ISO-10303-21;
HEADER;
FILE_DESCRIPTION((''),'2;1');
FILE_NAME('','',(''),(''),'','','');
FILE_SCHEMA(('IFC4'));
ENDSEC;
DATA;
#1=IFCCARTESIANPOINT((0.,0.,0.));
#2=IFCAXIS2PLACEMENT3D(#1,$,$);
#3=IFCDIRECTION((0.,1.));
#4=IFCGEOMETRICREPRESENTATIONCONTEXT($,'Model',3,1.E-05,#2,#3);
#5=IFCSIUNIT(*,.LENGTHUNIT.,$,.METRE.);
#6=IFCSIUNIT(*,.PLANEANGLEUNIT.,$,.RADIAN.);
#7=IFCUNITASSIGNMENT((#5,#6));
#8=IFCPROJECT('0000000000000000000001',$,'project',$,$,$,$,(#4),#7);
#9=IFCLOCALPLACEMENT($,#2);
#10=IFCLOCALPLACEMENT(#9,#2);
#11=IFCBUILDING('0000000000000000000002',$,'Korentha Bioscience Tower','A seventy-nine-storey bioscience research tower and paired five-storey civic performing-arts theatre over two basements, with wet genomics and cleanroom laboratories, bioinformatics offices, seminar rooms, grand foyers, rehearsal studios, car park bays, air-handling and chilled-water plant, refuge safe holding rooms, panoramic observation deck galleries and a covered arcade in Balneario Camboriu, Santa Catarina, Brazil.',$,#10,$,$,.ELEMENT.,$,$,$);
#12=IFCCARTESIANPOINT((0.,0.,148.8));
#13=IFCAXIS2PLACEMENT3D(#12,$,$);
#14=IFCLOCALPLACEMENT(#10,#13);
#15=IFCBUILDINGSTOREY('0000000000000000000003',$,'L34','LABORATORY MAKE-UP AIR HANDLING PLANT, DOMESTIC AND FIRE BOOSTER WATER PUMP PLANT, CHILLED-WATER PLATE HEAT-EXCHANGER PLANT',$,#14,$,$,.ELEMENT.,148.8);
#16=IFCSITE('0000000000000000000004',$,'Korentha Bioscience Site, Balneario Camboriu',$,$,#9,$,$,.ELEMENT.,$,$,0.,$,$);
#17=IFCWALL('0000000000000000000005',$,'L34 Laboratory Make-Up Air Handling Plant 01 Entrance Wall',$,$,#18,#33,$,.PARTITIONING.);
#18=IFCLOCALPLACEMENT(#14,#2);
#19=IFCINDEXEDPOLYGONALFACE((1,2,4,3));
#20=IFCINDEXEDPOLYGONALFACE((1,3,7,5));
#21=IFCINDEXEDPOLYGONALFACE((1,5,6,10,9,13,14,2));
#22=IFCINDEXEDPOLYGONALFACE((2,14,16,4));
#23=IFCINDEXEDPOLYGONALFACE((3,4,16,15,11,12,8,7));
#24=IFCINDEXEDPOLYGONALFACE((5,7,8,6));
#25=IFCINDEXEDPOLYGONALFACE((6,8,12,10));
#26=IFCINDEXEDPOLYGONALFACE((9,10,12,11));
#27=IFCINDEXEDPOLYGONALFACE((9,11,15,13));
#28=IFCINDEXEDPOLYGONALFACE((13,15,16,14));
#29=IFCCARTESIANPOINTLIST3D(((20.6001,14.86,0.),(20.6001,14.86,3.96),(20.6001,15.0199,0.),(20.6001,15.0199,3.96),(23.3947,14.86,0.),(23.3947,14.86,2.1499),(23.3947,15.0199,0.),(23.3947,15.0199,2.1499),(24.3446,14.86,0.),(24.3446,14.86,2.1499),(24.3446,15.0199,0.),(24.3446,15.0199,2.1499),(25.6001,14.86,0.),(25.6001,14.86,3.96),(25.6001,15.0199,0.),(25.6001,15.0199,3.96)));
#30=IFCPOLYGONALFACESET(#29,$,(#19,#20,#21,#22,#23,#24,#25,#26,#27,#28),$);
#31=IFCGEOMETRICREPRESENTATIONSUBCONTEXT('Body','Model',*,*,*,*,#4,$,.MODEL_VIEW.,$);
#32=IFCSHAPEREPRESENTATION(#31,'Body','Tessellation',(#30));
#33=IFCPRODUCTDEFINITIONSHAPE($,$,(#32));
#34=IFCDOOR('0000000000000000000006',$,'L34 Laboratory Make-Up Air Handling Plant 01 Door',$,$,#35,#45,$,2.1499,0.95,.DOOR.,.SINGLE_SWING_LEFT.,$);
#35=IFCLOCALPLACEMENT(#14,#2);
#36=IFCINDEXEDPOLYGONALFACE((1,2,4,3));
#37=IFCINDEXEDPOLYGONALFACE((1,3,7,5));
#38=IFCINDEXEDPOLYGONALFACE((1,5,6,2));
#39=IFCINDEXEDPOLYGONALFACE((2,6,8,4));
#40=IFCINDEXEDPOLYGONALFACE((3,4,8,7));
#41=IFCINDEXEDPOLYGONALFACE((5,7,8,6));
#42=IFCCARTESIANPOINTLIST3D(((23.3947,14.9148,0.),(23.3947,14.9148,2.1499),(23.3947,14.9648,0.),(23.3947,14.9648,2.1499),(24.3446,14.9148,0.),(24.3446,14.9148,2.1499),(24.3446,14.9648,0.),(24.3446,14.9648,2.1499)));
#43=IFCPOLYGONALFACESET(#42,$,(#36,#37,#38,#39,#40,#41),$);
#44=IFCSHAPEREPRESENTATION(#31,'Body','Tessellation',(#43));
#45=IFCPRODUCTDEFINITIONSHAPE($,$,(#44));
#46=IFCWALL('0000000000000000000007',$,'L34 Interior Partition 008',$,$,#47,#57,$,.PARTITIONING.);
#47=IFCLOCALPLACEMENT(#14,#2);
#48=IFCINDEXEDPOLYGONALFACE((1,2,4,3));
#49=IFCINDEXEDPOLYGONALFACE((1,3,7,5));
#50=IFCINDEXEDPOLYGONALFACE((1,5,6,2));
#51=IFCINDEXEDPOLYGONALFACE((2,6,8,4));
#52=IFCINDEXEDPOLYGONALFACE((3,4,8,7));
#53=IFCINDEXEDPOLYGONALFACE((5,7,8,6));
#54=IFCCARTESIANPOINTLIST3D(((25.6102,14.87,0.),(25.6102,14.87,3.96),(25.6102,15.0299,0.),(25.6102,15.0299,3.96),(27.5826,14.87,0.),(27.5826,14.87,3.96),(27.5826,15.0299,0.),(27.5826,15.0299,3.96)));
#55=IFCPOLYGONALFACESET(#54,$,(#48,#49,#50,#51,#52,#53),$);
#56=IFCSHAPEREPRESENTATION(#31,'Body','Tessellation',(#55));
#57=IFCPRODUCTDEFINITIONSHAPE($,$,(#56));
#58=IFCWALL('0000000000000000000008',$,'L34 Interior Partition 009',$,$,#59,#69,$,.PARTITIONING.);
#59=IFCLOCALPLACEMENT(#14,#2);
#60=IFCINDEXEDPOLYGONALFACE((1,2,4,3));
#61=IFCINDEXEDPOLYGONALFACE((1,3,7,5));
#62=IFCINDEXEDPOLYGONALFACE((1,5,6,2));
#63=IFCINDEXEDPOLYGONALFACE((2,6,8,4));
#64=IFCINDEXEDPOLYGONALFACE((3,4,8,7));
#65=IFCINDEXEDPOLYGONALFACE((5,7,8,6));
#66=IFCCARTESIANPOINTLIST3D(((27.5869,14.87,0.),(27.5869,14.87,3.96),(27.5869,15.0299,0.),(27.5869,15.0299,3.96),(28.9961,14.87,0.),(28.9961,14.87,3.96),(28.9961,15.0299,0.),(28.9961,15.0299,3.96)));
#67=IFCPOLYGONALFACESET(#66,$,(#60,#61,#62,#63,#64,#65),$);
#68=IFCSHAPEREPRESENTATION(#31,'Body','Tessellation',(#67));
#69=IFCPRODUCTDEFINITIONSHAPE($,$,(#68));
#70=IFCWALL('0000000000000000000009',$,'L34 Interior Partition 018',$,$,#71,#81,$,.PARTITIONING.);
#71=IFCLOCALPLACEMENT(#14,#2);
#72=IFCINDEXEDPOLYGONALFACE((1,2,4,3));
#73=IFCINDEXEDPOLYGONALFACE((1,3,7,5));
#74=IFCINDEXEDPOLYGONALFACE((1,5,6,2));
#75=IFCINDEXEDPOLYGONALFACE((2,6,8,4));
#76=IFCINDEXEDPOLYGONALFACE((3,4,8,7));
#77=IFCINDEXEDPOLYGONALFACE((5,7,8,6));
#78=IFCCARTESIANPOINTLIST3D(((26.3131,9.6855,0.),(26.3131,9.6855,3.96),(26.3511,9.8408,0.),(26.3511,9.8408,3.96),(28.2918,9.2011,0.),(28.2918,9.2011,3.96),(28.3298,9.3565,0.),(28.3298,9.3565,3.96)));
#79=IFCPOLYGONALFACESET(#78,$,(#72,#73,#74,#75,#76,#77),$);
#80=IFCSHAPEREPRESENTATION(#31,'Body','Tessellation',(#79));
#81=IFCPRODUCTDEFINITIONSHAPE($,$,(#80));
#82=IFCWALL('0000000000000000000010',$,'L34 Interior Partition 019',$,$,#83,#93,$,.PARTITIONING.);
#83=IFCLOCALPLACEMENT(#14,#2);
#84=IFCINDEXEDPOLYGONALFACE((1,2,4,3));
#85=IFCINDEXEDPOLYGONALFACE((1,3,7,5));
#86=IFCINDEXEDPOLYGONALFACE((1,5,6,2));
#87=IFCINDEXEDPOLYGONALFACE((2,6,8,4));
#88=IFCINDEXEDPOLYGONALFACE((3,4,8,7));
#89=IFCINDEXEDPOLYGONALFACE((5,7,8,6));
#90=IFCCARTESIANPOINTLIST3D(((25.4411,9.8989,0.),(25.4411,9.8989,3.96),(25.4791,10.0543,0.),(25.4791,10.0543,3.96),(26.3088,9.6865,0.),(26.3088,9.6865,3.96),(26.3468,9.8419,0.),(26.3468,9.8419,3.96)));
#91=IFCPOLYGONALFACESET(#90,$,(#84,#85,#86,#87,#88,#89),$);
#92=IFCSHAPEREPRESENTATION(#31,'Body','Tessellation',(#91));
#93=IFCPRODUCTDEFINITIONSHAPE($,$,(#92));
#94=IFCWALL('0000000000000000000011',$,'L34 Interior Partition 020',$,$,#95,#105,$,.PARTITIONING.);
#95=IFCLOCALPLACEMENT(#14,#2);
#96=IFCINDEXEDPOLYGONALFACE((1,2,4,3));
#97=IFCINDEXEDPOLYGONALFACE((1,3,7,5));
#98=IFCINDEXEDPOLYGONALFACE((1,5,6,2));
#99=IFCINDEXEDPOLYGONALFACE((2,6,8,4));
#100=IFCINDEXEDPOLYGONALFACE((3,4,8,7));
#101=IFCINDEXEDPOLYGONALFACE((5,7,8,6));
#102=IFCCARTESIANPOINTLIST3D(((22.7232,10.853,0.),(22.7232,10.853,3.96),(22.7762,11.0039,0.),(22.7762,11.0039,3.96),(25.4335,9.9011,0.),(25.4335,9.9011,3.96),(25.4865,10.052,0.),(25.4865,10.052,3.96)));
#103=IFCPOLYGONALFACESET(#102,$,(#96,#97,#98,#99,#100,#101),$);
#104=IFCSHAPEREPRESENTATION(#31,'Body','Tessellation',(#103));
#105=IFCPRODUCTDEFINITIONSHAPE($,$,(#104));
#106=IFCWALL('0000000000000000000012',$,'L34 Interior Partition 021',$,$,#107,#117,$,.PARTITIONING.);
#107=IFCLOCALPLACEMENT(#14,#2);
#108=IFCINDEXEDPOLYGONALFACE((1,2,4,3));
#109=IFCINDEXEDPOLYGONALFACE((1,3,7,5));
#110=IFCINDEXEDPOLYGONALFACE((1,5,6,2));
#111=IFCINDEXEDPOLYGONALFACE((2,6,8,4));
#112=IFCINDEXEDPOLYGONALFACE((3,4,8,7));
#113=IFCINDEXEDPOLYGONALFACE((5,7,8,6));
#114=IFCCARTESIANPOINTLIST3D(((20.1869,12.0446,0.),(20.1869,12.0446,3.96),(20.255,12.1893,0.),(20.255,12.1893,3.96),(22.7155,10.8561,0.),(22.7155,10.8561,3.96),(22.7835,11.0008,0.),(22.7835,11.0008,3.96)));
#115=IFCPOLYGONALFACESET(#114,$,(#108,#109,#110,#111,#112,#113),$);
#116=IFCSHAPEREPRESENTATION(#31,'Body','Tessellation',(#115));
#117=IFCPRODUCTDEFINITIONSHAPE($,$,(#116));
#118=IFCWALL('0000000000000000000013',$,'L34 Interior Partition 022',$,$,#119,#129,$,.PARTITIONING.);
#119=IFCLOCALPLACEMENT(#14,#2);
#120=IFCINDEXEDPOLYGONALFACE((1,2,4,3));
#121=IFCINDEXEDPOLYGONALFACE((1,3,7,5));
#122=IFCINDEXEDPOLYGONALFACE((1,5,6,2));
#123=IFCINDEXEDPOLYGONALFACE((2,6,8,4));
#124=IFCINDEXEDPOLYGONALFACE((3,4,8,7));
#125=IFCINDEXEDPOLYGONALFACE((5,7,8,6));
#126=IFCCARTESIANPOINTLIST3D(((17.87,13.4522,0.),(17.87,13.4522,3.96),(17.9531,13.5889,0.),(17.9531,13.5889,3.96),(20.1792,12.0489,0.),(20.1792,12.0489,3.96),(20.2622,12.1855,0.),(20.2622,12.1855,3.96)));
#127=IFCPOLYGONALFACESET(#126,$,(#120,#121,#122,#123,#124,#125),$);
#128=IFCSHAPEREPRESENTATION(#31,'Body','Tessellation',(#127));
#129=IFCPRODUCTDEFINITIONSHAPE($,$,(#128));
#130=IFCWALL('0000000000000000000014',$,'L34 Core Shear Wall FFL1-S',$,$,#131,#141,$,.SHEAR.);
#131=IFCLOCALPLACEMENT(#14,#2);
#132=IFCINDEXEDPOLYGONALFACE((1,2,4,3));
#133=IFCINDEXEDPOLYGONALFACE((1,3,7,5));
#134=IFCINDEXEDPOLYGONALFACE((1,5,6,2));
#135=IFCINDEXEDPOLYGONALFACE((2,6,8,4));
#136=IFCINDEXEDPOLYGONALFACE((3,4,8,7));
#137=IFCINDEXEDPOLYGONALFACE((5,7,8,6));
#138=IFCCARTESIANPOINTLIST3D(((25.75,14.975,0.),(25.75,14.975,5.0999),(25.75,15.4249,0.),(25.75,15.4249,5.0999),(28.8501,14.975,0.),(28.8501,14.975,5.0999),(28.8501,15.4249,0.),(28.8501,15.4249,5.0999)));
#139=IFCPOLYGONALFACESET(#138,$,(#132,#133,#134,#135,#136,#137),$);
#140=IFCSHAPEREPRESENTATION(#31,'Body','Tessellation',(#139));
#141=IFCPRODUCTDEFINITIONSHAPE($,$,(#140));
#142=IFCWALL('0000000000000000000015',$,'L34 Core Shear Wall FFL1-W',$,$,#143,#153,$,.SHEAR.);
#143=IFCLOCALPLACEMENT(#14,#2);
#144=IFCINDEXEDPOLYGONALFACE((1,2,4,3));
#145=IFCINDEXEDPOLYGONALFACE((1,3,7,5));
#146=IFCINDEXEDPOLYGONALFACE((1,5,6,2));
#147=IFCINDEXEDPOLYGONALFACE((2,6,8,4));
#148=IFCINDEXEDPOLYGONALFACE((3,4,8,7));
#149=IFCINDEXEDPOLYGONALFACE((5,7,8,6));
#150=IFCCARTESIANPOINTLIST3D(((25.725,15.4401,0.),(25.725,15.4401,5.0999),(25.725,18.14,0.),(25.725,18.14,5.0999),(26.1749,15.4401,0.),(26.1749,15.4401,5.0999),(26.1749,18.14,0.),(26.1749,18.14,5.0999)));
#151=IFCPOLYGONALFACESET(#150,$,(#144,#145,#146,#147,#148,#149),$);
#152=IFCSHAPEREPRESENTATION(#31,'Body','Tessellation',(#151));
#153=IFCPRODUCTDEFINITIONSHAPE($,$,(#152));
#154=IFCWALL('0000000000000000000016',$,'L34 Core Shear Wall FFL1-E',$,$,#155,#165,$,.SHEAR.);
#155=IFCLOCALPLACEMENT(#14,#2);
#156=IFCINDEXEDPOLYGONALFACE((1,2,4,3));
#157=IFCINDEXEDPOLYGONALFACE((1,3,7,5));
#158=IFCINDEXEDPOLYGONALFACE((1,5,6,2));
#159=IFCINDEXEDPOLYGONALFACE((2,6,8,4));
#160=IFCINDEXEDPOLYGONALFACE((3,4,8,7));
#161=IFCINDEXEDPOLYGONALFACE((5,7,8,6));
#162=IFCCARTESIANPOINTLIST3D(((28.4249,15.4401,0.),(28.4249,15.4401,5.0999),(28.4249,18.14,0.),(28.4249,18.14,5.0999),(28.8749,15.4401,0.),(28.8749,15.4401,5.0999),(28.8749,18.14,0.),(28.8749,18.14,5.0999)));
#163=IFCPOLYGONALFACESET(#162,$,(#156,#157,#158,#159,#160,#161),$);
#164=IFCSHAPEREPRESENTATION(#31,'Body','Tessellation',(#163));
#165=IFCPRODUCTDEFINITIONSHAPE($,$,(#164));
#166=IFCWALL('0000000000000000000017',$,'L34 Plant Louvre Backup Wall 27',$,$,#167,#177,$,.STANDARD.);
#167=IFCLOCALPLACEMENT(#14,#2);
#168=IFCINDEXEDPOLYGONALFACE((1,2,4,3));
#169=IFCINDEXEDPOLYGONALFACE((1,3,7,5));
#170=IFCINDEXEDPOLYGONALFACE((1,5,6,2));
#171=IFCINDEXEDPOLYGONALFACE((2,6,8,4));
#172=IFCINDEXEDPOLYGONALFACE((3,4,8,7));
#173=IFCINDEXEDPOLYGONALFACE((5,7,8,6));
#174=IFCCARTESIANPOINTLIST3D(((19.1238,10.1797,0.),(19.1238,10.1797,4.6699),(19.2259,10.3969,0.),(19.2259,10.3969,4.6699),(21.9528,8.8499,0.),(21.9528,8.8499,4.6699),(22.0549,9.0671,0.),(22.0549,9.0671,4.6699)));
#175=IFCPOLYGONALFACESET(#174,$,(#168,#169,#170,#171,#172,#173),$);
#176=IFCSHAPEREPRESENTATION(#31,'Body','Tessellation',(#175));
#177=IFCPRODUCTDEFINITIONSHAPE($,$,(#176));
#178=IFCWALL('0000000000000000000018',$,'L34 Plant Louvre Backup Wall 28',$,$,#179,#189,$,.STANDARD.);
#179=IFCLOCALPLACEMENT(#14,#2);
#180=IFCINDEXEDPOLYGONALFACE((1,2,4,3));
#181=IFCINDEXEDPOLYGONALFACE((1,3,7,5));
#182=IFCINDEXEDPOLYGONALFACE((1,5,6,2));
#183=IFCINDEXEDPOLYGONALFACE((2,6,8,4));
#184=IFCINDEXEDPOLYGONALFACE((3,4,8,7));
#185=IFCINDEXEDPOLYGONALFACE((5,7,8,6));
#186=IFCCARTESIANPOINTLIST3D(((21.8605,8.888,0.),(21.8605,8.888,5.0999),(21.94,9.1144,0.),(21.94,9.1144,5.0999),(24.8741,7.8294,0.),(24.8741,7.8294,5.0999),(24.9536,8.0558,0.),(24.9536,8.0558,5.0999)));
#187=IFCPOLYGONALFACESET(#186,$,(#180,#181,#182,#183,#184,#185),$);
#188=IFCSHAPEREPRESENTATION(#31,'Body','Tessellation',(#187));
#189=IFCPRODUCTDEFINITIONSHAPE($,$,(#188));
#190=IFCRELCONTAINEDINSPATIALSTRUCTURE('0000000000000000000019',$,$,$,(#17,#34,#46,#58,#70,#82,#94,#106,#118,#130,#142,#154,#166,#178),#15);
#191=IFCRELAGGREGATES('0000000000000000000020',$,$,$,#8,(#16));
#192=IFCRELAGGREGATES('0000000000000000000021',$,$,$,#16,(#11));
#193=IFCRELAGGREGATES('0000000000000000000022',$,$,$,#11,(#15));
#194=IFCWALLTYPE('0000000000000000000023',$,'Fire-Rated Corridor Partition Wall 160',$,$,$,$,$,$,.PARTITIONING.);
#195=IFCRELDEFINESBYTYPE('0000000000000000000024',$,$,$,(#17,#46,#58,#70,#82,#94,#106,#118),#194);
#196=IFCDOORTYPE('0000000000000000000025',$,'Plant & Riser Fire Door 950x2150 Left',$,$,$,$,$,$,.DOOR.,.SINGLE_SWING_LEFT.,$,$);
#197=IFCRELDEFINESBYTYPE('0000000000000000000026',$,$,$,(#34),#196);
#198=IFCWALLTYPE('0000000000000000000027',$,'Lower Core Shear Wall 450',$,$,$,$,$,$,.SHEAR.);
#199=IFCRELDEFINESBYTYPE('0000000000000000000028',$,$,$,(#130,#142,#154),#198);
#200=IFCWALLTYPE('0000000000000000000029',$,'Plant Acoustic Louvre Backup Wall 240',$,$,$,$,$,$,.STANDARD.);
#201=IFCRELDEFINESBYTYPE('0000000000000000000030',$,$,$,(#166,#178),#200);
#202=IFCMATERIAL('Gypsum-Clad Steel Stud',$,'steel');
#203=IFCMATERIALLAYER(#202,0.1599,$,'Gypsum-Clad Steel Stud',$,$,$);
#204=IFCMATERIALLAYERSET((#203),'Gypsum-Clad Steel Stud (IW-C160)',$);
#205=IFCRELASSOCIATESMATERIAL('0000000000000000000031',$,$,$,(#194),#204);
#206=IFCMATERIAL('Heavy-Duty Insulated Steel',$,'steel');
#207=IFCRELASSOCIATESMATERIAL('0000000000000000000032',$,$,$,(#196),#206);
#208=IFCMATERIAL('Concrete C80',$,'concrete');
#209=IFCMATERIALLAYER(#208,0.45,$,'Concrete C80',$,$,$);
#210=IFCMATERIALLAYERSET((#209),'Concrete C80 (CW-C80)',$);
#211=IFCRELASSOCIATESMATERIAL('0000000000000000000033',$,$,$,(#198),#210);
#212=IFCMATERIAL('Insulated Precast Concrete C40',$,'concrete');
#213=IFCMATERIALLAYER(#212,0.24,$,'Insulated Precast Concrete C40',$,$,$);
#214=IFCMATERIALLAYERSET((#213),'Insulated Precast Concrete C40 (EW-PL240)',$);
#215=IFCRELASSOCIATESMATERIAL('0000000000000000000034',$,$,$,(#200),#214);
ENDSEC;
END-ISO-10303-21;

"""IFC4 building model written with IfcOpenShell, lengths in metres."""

from ifc_helpers import new_model, si_unit, direction, frame, frame_2d, origin, place, context, subcontext, project, spatial, rectangle, extrude, material, layer, layer_set, type_object, element, fill, save


model = new_model("IFC4")

# Units and contexts
model_context = context("Model", 3, precision=1e-05, world=origin(), true_north=direction((0.0, 1.0)))
body_context = subcontext(model_context, "Body", "Model", "MODEL_VIEW")
ifc_project = project(units=[si_unit("LENGTHUNIT", "METRE"), si_unit("PLANEANGLEUNIT", "RADIAN")], contexts=[model_context])

# Site, building, storey
site_placement = place(None, origin())
site = spatial("IfcSite", under=ifc_project, at=site_placement, Name="Korentha Bioscience Site, Balneario Camboriu", CompositionType="ELEMENT", RefElevation=0.0)
building_placement = place(site_placement, origin())
building = spatial("IfcBuilding", under=site, at=building_placement, Name="Korentha Bioscience Tower", Description="A seventy-nine-storey bioscience research tower and paired five-storey civic performing-arts theatre over two basements, with wet genomics and cleanroom laboratories, bioinformatics offices, seminar rooms, grand foyers, rehearsal studios, car park bays, air-handling and chilled-water plant, refuge safe holding rooms, panoramic observation deck galleries and a covered arcade in Balneario Camboriu, Santa Catarina, Brazil.", CompositionType="ELEMENT")
storey_placement = place(building_placement, frame((0.0, 0.0, 148.8)))
storey = spatial("IfcBuildingStorey", under=building, at=storey_placement, Name="L34", Description="LABORATORY MAKE-UP AIR HANDLING PLANT, DOMESTIC AND FIRE BOOSTER WATER PUMP PLANT, CHILLED-WATER PLATE HEAT-EXCHANGER PLANT", CompositionType="ELEMENT", Elevation=148.8)

# Shared definitions
ifc_material_1 = material(Name="Concrete C80", Category="concrete")

# Wall, opening, door
ifc_material_2 = material(Name="Gypsum-Clad Steel Stud", Category="steel")
ifc_layer_1 = layer(ifc_material_2, 0.1599, Name="Gypsum-Clad Steel Stud")
ifc_layer_set_1 = layer_set([ifc_layer_1], Name="Gypsum-Clad Steel Stud (IW-C160)")
wall_type_1 = type_object("IfcWallType", Name="Fire-Rated Corridor Partition Wall 160", PredefinedType="PARTITIONING", material=ifc_layer_set_1)
wall_1_placement = place(storey_placement, frame((20.6001, 14.9399, 0.0), z_axis=(0.0, 0.0, 1.0), x_axis=(1.0, 0.0, 0.0)))
wall_1 = element("IfcWall", 1, at=wall_1_placement, inside=storey, type_object=wall_type_1, Name="L34 Laboratory Make-Up Air Handling Plant 01 Entrance Wall", PredefinedType="PARTITIONING", context=body_context, shape_type="SweptSolid", body=[
    extrude(rectangle(XDim=5.0, YDim=0.1599, at=frame_2d((2.5, 0.0))), origin(), (0.0, 0.0, 1.0), 3.96),
])
opening_placement = place(wall_1_placement, frame((2.7944, 0.0, 0.0)))
opening = element("IfcOpeningElement", 2, at=opening_placement, cuts=wall_1, PredefinedType="OPENING", context=body_context, shape_type="SweptSolid", body=[
    extrude(rectangle(XDim=0.95, YDim=2.1499, at=frame_2d((0.4751, 1.075))), frame((0.0, 0.0947, 0.0), z_axis=(0.0, -1.0, 0.0), x_axis=(1.0, 0.0, 0.0)), (0.0, 0.0, 1.0), 0.1897),
])
ifc_material_3 = material(Name="Heavy-Duty Insulated Steel", Category="steel")
door_type = type_object("IfcDoorType", Name="Plant & Riser Fire Door 950x2150 Left", OperationType="SINGLE_SWING_LEFT", PredefinedType="DOOR", material=ifc_material_3)
door_placement = place(opening_placement, origin())
door = element("IfcDoor", 3, at=door_placement, inside=storey, type_object=door_type, Name="L34 Laboratory Make-Up Air Handling Plant 01 Door", OperationType="SINGLE_SWING_LEFT", OverallHeight=2.1499, OverallWidth=0.95, PredefinedType="DOOR", context=body_context, shape_type="SweptSolid", body=[
    extrude(rectangle(XDim=0.95, YDim=2.1499, at=frame_2d((0.4751, 1.075))), frame((0.0, 0.0249, 0.0), z_axis=(0.0, -1.0, 0.0), x_axis=(1.0, 0.0, 0.0)), (0.0, 0.0, 1.0), 0.05),
])
fill(opening, door)

# Walls
wall_2_placement = place(storey_placement, frame((25.6101, 14.95, 0.0), z_axis=(0.0, 0.0, 1.0), x_axis=(1.0, 0.0, 0.0)))
element("IfcWall", 4, at=wall_2_placement, inside=storey, type_object=wall_type_1, Name="L34 Interior Partition 008", PredefinedType="PARTITIONING", context=body_context, shape_type="SweptSolid", body=[
    extrude(rectangle(XDim=1.9724, YDim=0.1599, at=frame_2d((0.9863, 0.0))), origin(), (0.0, 0.0, 1.0), 3.96),
])
wall_3_placement = place(storey_placement, frame((27.5869, 14.95, 0.0), z_axis=(0.0, 0.0, 1.0), x_axis=(1.0, 0.0, 0.0)))
element("IfcWall", 5, at=wall_3_placement, inside=storey, type_object=wall_type_1, Name="L34 Interior Partition 009", PredefinedType="PARTITIONING", context=body_context, shape_type="SweptSolid", body=[
    extrude(rectangle(XDim=1.4092, YDim=0.1599, at=frame_2d((0.7046, 0.0))), origin(), (0.0, 0.0, 1.0), 3.96),
])
wall_4_placement = place(storey_placement, frame((28.3108, 9.2788, 0.0), z_axis=(0.0, 0.0, 1.0), x_axis=(-0.971322, 0.237767, 0.0)))
element("IfcWall", 6, at=wall_4_placement, inside=storey, type_object=wall_type_1, Name="L34 Interior Partition 018", PredefinedType="PARTITIONING", context=body_context, shape_type="SweptSolid", body=[
    extrude(rectangle(XDim=2.0371, YDim=0.1599, at=frame_2d((1.0186, 0.0))), origin(), (0.0, 0.0, 1.0), 3.96),
])
wall_5_placement = place(storey_placement, frame((26.3279, 9.7642, 0.0), z_axis=(0.0, 0.0, 1.0), x_axis=(-0.971321, 0.237774, 0.0)))
element("IfcWall", 7, at=wall_5_placement, inside=storey, type_object=wall_type_1, Name="L34 Interior Partition 019", PredefinedType="PARTITIONING", context=body_context, shape_type="SweptSolid", body=[
    extrude(rectangle(XDim=0.8933, YDim=0.1599, at=frame_2d((0.4468, 0.0))), origin(), (0.0, 0.0, 1.0), 3.96),
])
wall_6_placement = place(storey_placement, frame((25.46, 9.9766, 0.0), z_axis=(0.0, 0.0, 1.0), x_axis=(-0.943496, 0.331384, 0.0)))
element("IfcWall", 8, at=wall_6_placement, inside=storey, type_object=wall_type_1, Name="L34 Interior Partition 020", PredefinedType="PARTITIONING", context=body_context, shape_type="SweptSolid", body=[
    extrude(rectangle(XDim=2.8726, YDim=0.1599, at=frame_2d((1.4363, 0.0))), origin(), (0.0, 0.0, 1.0), 3.96),
])
wall_7_placement = place(storey_placement, frame((22.7495, 10.9285, 0.0), z_axis=(0.0, 0.0, 1.0), x_axis=(-0.905017, 0.425376, 0.0)))
element("IfcWall", 9, at=wall_7_placement, inside=storey, type_object=wall_type_1, Name="L34 Interior Partition 021", PredefinedType="PARTITIONING", context=body_context, shape_type="SweptSolid", body=[
    extrude(rectangle(XDim=2.7939, YDim=0.1599, at=frame_2d((1.397, 0.0))), origin(), (0.0, 0.0, 1.0), 3.96),
])
wall_8_placement = place(storey_placement, frame((20.2207, 12.1172, 0.0), z_axis=(0.0, 0.0, 1.0), x_axis=(-0.854561, 0.519351, 0.0)))
element("IfcWall", 10, at=wall_8_placement, inside=storey, type_object=wall_type_1, Name="L34 Interior Partition 022", PredefinedType="PARTITIONING", context=body_context, shape_type="SweptSolid", body=[
    extrude(rectangle(XDim=2.7021, YDim=0.1599, at=frame_2d((1.3511, 0.0))), origin(), (0.0, 0.0, 1.0), 3.96),
])
ifc_layer_2 = layer(ifc_material_1, 0.45, Name="Concrete C80")
ifc_layer_set_2 = layer_set([ifc_layer_2], Name="Concrete C80 (CW-C80)")
wall_type_2 = type_object("IfcWallType", Name="Lower Core Shear Wall 450", PredefinedType="SHEAR", material=ifc_layer_set_2)
wall_9_placement = place(storey_placement, frame((25.75, 15.2, 0.0), z_axis=(0.0, 0.0, 1.0), x_axis=(1.0, 0.0, 0.0)))
element("IfcWall", 11, at=wall_9_placement, inside=storey, type_object=wall_type_2, Name="L34 Core Shear Wall FFL1-S", PredefinedType="SHEAR", context=body_context, shape_type="SweptSolid", body=[
    extrude(rectangle(XDim=3.1001, YDim=0.45, at=frame_2d((1.55, 0.0))), origin(), (0.0, 0.0, 1.0), 5.0999),
])
for number, where, z_axis, x_axis, name in (
    (12, (25.95, 15.4399, 0.0), (0.0, 0.0, 1.0), (0.0, 1.0, 0.0), "L34 Core Shear Wall FFL1-W"),
    (13, (28.6499, 15.4399, 0.0), (0.0, 0.0, 1.0), (0.0, 1.0, 0.0), "L34 Core Shear Wall FFL1-E"),
):
    element("IfcWall", number, at=place(storey_placement, frame(where, z_axis=z_axis, x_axis=x_axis)), inside=storey, type_object=wall_type_2, Name=name, PredefinedType="SHEAR", context=body_context, shape_type="SweptSolid", body=[
        extrude(rectangle(XDim=2.7, YDim=0.45, at=frame_2d((1.3501, 0.0))), origin(), (0.0, 0.0, 1.0), 5.0999),
    ])
ifc_material_4 = material(Name="Insulated Precast Concrete C40", Category="concrete")
ifc_layer_3 = layer(ifc_material_4, 0.24, Name="Insulated Precast Concrete C40")
ifc_layer_set_3 = layer_set([ifc_layer_3], Name="Insulated Precast Concrete C40 (EW-PL240)")
wall_type_3 = type_object("IfcWallType", Name="Plant Acoustic Louvre Backup Wall 240", PredefinedType="STANDARD", material=ifc_layer_set_3)
wall_10_placement = place(storey_placement, frame((19.1748, 10.2883, 0.0), z_axis=(0.0, 0.0, 1.0), x_axis=(0.905004, -0.425402, 0.0)))
element("IfcWall", 14, at=wall_10_placement, inside=storey, type_object=wall_type_3, Name="L34 Plant Louvre Backup Wall 27", PredefinedType="STANDARD", context=body_context, shape_type="SweptSolid", body=[
    extrude(rectangle(XDim=3.126, YDim=0.24, at=frame_2d((1.563, 0.0))), origin(), (0.0, 0.0, 1.0), 4.6699),
])
wall_11_placement = place(storey_placement, frame((21.9001, 9.0012, 0.0), z_axis=(0.0, 0.0, 1.0), x_axis=(0.943486, -0.331412, 0.0)))
element("IfcWall", 15, at=wall_11_placement, inside=storey, type_object=wall_type_3, Name="L34 Plant Louvre Backup Wall 28", PredefinedType="STANDARD", context=body_context, shape_type="SweptSolid", body=[
    extrude(rectangle(XDim=3.1941, YDim=0.24, at=frame_2d((1.5972, 0.0))), origin(), (0.0, 0.0, 1.0), 5.0999),
])

save(model, "model.ifc")
